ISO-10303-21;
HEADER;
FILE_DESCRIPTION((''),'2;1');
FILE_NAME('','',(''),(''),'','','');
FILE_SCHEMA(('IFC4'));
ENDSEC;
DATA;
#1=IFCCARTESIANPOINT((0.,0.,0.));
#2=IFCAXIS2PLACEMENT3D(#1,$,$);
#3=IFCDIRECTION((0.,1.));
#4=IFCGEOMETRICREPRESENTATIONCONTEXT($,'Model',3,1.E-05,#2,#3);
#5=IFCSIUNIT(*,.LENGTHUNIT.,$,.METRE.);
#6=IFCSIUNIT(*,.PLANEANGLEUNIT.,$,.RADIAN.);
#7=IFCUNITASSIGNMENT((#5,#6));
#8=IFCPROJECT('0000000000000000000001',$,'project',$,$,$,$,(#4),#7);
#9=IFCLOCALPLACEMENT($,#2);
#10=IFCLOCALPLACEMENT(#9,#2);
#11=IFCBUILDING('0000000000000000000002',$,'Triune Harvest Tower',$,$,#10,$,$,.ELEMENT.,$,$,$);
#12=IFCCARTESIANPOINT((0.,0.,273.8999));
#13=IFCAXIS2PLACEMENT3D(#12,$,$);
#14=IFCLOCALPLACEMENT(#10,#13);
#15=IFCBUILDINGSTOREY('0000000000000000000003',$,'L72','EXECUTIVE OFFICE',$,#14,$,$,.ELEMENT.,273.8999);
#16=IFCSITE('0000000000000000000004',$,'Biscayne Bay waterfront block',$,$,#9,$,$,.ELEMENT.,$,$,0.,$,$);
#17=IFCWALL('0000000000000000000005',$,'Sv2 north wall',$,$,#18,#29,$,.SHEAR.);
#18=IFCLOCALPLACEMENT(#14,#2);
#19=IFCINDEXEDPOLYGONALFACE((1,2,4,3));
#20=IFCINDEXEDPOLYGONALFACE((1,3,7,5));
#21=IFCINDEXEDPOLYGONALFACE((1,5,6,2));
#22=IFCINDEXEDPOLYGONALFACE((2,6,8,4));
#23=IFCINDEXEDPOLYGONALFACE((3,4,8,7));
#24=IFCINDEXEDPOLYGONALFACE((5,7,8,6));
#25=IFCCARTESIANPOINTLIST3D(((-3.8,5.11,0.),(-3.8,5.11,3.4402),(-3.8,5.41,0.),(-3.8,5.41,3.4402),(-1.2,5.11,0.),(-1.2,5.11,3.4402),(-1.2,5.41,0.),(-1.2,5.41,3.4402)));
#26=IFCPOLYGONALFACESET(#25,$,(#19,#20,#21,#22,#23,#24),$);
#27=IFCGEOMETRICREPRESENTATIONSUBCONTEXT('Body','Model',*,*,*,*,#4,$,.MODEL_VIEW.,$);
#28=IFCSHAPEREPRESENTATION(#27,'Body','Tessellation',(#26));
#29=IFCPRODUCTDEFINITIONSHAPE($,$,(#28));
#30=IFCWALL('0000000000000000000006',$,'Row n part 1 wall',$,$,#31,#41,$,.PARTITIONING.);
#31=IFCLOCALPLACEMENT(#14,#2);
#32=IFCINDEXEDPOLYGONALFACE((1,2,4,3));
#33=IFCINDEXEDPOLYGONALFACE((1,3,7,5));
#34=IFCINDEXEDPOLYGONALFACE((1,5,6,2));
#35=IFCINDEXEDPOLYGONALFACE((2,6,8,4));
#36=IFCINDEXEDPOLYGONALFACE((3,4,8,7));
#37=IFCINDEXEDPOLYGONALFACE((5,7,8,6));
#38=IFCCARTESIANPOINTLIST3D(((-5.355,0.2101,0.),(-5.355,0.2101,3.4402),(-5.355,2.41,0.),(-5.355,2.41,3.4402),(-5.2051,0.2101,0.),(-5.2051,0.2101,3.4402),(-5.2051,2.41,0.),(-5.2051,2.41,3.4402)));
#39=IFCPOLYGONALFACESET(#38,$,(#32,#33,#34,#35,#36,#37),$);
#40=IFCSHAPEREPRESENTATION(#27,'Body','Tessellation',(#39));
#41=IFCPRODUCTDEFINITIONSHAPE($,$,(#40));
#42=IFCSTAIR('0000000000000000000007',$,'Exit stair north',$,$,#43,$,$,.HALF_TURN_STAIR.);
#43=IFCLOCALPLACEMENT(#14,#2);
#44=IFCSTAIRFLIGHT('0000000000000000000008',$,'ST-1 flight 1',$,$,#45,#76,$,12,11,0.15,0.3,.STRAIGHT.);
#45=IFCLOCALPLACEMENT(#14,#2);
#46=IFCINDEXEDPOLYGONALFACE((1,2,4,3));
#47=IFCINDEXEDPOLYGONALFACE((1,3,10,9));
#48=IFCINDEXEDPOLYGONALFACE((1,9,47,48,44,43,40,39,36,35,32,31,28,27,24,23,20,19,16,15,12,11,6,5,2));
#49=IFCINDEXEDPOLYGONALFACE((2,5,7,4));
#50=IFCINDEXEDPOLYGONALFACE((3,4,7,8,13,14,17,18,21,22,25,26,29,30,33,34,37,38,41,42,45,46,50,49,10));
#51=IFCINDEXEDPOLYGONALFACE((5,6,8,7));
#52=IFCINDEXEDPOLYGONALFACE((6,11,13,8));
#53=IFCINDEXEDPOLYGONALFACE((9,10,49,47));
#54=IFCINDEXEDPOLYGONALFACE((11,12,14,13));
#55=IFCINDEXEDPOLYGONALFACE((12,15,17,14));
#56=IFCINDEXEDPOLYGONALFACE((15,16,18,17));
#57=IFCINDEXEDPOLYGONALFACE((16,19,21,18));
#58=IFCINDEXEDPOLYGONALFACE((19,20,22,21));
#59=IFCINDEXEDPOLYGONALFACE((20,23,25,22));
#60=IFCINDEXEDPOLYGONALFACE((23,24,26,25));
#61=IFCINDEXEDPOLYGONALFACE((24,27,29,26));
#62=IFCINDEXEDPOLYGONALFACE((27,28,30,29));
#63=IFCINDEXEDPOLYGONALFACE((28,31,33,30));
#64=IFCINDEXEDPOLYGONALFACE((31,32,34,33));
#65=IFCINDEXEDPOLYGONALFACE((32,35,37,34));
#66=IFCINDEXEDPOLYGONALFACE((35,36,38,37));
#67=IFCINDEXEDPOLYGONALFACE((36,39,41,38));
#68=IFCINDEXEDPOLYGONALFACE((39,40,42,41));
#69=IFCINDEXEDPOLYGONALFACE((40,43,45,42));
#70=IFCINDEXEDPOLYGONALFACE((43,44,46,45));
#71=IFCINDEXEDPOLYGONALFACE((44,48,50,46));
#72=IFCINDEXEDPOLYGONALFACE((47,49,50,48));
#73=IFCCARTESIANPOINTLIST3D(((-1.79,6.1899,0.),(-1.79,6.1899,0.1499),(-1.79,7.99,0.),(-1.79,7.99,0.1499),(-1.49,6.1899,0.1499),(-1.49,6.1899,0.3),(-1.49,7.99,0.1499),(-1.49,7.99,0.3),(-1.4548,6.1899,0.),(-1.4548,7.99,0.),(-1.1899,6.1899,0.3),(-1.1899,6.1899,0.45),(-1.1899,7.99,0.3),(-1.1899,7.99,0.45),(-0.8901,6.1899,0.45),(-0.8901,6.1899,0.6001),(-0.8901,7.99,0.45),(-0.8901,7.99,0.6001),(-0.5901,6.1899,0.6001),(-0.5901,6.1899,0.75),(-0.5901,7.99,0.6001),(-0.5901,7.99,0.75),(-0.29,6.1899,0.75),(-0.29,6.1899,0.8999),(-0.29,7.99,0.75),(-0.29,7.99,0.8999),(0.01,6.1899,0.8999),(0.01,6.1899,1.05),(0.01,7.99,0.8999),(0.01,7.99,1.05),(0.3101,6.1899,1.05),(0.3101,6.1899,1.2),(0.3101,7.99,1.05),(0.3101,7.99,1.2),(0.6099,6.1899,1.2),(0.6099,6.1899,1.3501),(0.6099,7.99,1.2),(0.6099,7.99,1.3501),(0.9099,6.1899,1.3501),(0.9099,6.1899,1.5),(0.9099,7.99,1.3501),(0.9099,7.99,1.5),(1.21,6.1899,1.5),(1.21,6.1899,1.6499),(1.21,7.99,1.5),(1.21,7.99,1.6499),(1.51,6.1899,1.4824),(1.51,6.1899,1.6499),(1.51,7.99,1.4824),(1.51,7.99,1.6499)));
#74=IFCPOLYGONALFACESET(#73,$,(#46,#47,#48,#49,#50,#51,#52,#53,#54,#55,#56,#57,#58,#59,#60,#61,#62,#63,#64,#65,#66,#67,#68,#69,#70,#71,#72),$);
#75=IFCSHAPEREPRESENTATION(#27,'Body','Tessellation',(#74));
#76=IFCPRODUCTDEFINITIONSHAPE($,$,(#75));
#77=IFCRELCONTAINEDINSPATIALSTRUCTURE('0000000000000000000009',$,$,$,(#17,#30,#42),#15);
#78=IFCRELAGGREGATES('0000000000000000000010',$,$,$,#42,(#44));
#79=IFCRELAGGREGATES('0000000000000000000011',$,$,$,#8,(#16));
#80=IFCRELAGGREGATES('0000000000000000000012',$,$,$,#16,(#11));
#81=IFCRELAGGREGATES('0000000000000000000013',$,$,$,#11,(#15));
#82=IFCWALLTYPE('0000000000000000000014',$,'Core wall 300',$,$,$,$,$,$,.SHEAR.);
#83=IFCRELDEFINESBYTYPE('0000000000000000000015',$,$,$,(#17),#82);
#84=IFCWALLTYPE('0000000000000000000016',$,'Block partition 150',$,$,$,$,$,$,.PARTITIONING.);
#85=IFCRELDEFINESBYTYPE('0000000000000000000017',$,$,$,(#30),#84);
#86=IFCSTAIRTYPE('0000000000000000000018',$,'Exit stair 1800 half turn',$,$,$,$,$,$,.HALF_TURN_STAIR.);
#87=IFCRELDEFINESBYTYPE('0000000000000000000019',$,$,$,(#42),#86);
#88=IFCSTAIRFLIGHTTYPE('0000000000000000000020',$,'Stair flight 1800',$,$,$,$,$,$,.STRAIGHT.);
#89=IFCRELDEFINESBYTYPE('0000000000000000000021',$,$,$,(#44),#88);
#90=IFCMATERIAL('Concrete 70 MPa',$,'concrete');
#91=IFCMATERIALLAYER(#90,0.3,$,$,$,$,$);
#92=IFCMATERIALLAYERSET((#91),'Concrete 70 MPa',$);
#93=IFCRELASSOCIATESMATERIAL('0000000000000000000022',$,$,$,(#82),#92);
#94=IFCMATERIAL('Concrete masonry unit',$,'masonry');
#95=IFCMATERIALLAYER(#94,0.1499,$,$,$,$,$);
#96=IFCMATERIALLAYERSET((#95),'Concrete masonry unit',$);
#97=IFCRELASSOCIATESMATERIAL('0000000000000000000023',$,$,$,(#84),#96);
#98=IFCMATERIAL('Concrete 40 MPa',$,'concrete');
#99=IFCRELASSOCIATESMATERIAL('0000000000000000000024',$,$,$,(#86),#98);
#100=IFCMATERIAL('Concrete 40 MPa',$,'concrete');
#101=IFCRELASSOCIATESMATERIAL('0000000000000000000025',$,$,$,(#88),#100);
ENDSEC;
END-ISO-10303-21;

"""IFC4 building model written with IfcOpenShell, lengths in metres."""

from ifc_helpers import new_model, si_unit, direction, frame, frame_2d, origin, place, context, subcontext, project, spatial, polyline, rectangle, outline, extrude, source, transform, mapped, material, layer, layer_set, type_object, element, aggregate, save


model = new_model("IFC4")

# Units and contexts
model_context = context("Model", 3, precision=1e-05, world=origin(), true_north=direction((0.0, 1.0)))
body_context = subcontext(model_context, "Body", "Model", "MODEL_VIEW")
ifc_project = project(units=[si_unit("LENGTHUNIT", "METRE"), si_unit("PLANEANGLEUNIT", "RADIAN")], contexts=[model_context])

# Site, building, storey
site_placement = place(None, origin())
site = spatial("IfcSite", under=ifc_project, at=site_placement, Name="Biscayne Bay waterfront block", CompositionType="ELEMENT", RefElevation=0.0)
building_placement = place(site_placement, origin())
building = spatial("IfcBuilding", under=site, at=building_placement, Name="Triune Harvest Tower", CompositionType="ELEMENT")
storey_placement = place(building_placement, frame((0.0, 0.0, 273.8999)))
storey = spatial("IfcBuildingStorey", under=building, at=storey_placement, Name="L72", Description="EXECUTIVE OFFICE", CompositionType="ELEMENT", Elevation=273.8999)

# Shared definitions
ifc_material_1 = material(Name="Concrete 70 MPa", Category="concrete")
ifc_layer_1 = layer(ifc_material_1, 0.3)
ifc_layer_set_1 = layer_set([ifc_layer_1], Name="Concrete 70 MPa")
wall_type_1 = type_object("IfcWallType", Name="Core wall 300", PredefinedType="SHEAR", material=ifc_layer_set_1)

# Walls
shared_shape_1 = source(origin(), body_context, "Body", "SweptSolid", [
    extrude(rectangle(XDim=2.6001, YDim=0.3, at=frame_2d((1.3, 0.0))), origin(), (0.0, 0.0, 1.0), 3.4402),
])
wall_1_placement = place(storey_placement, frame((-3.8, 5.26, 0.0), z_axis=(0.0, 0.0, 1.0), x_axis=(1.0, 0.0, 0.0)))
element("IfcWall", 1, at=wall_1_placement, inside=storey, type_object=wall_type_1, Name="Sv2 north wall", PredefinedType="SHEAR", context=body_context, shape_type="MappedRepresentation", body=[
    mapped(shared_shape_1, transform((0.0, 0.0, 0.0), scale=1.0)),
])
ifc_material_2 = material(Name="Concrete masonry unit", Category="masonry")
ifc_layer_2 = layer(ifc_material_2, 0.1499)
ifc_layer_set_2 = layer_set([ifc_layer_2], Name="Concrete masonry unit")
wall_type_2 = type_object("IfcWallType", Name="Block partition 150", PredefinedType="PARTITIONING", material=ifc_layer_set_2)
shared_shape_2 = source(origin(), body_context, "Body", "SweptSolid", [
    extrude(rectangle(XDim=2.2, YDim=0.1499, at=frame_2d((1.1001, 0.0))), origin(), (0.0, 0.0, 1.0), 3.4402),
])
wall_2_placement = place(storey_placement, frame((-5.28, 0.21, 0.0), z_axis=(0.0, 0.0, 1.0), x_axis=(0.0, 1.0, 0.0)))
element("IfcWall", 2, at=wall_2_placement, inside=storey, type_object=wall_type_2, Name="Row n part 1 wall", PredefinedType="PARTITIONING", context=body_context, shape_type="MappedRepresentation", body=[
    mapped(shared_shape_2, transform((0.0, 0.0, 0.0), scale=1.0)),
])

# Stair, stair flight
ifc_material_3 = material(Name="Concrete 40 MPa", Category="concrete")
stair_type = type_object("IfcStairType", Name="Exit stair 1800 half turn", PredefinedType="HALF_TURN_STAIR", material=ifc_material_3)
stair_placement = place(storey_placement, origin())
stair = element("IfcStair", 3, at=stair_placement, inside=storey, type_object=stair_type, Name="Exit stair north", PredefinedType="HALF_TURN_STAIR")
ifc_material_4 = material(Name="Concrete 40 MPa", Category="concrete")
stair_flight_type = type_object("IfcStairFlightType", Name="Stair flight 1800", PredefinedType="STRAIGHT", material=ifc_material_4)
shared_shape_3 = source(origin(), body_context, "Body", "SweptSolid", [
    extrude(outline(polyline([(0.0, 0.0), (0.0, 0.1499), (0.3, 0.1499), (0.3, 0.3), (0.6001, 0.3), (0.6001, 0.45), (0.8999, 0.45), (0.8999, 0.6001), (1.2, 0.6001), (1.2, 0.75), (1.5, 0.75), (1.5, 0.8999), (1.8, 0.8999), (1.8, 1.05), (2.1001, 1.05), (2.1001, 1.2), (2.3999, 1.2), (2.3999, 1.3501), (2.7, 1.3501), (2.7, 1.5), (3.0, 1.5), (3.0, 1.6499), (3.3, 1.6499), (3.3, 1.8), (3.3, 1.4824), (0.3352, 0.0), (0.0, 0.0)])), frame((0.0, 0.8999, 0.0), z_axis=(0.0, -1.0, 0.0), x_axis=(1.0, 0.0, 0.0)), (0.0, 0.0, 1.0), 1.8),
])
stair_flight_placement = place(storey_placement, frame((-1.79, 7.0901, 0.0), z_axis=(0.0, 0.0, 1.0), x_axis=(1.0, 0.0, 0.0)))
stair_flight = element("IfcStairFlight", 4, at=stair_flight_placement, type_object=stair_flight_type, Name="ST-1 flight 1", NumberOfRisers=12, NumberOfTreads=11, PredefinedType="STRAIGHT", RiserHeight=0.15, TreadLength=0.3, context=body_context, shape_type="MappedRepresentation", body=[
    mapped(shared_shape_3, transform((0.0, 0.0, 0.0), scale=1.0)),
])
aggregate(stair, [stair_flight])

save(model, "model.ifc")
